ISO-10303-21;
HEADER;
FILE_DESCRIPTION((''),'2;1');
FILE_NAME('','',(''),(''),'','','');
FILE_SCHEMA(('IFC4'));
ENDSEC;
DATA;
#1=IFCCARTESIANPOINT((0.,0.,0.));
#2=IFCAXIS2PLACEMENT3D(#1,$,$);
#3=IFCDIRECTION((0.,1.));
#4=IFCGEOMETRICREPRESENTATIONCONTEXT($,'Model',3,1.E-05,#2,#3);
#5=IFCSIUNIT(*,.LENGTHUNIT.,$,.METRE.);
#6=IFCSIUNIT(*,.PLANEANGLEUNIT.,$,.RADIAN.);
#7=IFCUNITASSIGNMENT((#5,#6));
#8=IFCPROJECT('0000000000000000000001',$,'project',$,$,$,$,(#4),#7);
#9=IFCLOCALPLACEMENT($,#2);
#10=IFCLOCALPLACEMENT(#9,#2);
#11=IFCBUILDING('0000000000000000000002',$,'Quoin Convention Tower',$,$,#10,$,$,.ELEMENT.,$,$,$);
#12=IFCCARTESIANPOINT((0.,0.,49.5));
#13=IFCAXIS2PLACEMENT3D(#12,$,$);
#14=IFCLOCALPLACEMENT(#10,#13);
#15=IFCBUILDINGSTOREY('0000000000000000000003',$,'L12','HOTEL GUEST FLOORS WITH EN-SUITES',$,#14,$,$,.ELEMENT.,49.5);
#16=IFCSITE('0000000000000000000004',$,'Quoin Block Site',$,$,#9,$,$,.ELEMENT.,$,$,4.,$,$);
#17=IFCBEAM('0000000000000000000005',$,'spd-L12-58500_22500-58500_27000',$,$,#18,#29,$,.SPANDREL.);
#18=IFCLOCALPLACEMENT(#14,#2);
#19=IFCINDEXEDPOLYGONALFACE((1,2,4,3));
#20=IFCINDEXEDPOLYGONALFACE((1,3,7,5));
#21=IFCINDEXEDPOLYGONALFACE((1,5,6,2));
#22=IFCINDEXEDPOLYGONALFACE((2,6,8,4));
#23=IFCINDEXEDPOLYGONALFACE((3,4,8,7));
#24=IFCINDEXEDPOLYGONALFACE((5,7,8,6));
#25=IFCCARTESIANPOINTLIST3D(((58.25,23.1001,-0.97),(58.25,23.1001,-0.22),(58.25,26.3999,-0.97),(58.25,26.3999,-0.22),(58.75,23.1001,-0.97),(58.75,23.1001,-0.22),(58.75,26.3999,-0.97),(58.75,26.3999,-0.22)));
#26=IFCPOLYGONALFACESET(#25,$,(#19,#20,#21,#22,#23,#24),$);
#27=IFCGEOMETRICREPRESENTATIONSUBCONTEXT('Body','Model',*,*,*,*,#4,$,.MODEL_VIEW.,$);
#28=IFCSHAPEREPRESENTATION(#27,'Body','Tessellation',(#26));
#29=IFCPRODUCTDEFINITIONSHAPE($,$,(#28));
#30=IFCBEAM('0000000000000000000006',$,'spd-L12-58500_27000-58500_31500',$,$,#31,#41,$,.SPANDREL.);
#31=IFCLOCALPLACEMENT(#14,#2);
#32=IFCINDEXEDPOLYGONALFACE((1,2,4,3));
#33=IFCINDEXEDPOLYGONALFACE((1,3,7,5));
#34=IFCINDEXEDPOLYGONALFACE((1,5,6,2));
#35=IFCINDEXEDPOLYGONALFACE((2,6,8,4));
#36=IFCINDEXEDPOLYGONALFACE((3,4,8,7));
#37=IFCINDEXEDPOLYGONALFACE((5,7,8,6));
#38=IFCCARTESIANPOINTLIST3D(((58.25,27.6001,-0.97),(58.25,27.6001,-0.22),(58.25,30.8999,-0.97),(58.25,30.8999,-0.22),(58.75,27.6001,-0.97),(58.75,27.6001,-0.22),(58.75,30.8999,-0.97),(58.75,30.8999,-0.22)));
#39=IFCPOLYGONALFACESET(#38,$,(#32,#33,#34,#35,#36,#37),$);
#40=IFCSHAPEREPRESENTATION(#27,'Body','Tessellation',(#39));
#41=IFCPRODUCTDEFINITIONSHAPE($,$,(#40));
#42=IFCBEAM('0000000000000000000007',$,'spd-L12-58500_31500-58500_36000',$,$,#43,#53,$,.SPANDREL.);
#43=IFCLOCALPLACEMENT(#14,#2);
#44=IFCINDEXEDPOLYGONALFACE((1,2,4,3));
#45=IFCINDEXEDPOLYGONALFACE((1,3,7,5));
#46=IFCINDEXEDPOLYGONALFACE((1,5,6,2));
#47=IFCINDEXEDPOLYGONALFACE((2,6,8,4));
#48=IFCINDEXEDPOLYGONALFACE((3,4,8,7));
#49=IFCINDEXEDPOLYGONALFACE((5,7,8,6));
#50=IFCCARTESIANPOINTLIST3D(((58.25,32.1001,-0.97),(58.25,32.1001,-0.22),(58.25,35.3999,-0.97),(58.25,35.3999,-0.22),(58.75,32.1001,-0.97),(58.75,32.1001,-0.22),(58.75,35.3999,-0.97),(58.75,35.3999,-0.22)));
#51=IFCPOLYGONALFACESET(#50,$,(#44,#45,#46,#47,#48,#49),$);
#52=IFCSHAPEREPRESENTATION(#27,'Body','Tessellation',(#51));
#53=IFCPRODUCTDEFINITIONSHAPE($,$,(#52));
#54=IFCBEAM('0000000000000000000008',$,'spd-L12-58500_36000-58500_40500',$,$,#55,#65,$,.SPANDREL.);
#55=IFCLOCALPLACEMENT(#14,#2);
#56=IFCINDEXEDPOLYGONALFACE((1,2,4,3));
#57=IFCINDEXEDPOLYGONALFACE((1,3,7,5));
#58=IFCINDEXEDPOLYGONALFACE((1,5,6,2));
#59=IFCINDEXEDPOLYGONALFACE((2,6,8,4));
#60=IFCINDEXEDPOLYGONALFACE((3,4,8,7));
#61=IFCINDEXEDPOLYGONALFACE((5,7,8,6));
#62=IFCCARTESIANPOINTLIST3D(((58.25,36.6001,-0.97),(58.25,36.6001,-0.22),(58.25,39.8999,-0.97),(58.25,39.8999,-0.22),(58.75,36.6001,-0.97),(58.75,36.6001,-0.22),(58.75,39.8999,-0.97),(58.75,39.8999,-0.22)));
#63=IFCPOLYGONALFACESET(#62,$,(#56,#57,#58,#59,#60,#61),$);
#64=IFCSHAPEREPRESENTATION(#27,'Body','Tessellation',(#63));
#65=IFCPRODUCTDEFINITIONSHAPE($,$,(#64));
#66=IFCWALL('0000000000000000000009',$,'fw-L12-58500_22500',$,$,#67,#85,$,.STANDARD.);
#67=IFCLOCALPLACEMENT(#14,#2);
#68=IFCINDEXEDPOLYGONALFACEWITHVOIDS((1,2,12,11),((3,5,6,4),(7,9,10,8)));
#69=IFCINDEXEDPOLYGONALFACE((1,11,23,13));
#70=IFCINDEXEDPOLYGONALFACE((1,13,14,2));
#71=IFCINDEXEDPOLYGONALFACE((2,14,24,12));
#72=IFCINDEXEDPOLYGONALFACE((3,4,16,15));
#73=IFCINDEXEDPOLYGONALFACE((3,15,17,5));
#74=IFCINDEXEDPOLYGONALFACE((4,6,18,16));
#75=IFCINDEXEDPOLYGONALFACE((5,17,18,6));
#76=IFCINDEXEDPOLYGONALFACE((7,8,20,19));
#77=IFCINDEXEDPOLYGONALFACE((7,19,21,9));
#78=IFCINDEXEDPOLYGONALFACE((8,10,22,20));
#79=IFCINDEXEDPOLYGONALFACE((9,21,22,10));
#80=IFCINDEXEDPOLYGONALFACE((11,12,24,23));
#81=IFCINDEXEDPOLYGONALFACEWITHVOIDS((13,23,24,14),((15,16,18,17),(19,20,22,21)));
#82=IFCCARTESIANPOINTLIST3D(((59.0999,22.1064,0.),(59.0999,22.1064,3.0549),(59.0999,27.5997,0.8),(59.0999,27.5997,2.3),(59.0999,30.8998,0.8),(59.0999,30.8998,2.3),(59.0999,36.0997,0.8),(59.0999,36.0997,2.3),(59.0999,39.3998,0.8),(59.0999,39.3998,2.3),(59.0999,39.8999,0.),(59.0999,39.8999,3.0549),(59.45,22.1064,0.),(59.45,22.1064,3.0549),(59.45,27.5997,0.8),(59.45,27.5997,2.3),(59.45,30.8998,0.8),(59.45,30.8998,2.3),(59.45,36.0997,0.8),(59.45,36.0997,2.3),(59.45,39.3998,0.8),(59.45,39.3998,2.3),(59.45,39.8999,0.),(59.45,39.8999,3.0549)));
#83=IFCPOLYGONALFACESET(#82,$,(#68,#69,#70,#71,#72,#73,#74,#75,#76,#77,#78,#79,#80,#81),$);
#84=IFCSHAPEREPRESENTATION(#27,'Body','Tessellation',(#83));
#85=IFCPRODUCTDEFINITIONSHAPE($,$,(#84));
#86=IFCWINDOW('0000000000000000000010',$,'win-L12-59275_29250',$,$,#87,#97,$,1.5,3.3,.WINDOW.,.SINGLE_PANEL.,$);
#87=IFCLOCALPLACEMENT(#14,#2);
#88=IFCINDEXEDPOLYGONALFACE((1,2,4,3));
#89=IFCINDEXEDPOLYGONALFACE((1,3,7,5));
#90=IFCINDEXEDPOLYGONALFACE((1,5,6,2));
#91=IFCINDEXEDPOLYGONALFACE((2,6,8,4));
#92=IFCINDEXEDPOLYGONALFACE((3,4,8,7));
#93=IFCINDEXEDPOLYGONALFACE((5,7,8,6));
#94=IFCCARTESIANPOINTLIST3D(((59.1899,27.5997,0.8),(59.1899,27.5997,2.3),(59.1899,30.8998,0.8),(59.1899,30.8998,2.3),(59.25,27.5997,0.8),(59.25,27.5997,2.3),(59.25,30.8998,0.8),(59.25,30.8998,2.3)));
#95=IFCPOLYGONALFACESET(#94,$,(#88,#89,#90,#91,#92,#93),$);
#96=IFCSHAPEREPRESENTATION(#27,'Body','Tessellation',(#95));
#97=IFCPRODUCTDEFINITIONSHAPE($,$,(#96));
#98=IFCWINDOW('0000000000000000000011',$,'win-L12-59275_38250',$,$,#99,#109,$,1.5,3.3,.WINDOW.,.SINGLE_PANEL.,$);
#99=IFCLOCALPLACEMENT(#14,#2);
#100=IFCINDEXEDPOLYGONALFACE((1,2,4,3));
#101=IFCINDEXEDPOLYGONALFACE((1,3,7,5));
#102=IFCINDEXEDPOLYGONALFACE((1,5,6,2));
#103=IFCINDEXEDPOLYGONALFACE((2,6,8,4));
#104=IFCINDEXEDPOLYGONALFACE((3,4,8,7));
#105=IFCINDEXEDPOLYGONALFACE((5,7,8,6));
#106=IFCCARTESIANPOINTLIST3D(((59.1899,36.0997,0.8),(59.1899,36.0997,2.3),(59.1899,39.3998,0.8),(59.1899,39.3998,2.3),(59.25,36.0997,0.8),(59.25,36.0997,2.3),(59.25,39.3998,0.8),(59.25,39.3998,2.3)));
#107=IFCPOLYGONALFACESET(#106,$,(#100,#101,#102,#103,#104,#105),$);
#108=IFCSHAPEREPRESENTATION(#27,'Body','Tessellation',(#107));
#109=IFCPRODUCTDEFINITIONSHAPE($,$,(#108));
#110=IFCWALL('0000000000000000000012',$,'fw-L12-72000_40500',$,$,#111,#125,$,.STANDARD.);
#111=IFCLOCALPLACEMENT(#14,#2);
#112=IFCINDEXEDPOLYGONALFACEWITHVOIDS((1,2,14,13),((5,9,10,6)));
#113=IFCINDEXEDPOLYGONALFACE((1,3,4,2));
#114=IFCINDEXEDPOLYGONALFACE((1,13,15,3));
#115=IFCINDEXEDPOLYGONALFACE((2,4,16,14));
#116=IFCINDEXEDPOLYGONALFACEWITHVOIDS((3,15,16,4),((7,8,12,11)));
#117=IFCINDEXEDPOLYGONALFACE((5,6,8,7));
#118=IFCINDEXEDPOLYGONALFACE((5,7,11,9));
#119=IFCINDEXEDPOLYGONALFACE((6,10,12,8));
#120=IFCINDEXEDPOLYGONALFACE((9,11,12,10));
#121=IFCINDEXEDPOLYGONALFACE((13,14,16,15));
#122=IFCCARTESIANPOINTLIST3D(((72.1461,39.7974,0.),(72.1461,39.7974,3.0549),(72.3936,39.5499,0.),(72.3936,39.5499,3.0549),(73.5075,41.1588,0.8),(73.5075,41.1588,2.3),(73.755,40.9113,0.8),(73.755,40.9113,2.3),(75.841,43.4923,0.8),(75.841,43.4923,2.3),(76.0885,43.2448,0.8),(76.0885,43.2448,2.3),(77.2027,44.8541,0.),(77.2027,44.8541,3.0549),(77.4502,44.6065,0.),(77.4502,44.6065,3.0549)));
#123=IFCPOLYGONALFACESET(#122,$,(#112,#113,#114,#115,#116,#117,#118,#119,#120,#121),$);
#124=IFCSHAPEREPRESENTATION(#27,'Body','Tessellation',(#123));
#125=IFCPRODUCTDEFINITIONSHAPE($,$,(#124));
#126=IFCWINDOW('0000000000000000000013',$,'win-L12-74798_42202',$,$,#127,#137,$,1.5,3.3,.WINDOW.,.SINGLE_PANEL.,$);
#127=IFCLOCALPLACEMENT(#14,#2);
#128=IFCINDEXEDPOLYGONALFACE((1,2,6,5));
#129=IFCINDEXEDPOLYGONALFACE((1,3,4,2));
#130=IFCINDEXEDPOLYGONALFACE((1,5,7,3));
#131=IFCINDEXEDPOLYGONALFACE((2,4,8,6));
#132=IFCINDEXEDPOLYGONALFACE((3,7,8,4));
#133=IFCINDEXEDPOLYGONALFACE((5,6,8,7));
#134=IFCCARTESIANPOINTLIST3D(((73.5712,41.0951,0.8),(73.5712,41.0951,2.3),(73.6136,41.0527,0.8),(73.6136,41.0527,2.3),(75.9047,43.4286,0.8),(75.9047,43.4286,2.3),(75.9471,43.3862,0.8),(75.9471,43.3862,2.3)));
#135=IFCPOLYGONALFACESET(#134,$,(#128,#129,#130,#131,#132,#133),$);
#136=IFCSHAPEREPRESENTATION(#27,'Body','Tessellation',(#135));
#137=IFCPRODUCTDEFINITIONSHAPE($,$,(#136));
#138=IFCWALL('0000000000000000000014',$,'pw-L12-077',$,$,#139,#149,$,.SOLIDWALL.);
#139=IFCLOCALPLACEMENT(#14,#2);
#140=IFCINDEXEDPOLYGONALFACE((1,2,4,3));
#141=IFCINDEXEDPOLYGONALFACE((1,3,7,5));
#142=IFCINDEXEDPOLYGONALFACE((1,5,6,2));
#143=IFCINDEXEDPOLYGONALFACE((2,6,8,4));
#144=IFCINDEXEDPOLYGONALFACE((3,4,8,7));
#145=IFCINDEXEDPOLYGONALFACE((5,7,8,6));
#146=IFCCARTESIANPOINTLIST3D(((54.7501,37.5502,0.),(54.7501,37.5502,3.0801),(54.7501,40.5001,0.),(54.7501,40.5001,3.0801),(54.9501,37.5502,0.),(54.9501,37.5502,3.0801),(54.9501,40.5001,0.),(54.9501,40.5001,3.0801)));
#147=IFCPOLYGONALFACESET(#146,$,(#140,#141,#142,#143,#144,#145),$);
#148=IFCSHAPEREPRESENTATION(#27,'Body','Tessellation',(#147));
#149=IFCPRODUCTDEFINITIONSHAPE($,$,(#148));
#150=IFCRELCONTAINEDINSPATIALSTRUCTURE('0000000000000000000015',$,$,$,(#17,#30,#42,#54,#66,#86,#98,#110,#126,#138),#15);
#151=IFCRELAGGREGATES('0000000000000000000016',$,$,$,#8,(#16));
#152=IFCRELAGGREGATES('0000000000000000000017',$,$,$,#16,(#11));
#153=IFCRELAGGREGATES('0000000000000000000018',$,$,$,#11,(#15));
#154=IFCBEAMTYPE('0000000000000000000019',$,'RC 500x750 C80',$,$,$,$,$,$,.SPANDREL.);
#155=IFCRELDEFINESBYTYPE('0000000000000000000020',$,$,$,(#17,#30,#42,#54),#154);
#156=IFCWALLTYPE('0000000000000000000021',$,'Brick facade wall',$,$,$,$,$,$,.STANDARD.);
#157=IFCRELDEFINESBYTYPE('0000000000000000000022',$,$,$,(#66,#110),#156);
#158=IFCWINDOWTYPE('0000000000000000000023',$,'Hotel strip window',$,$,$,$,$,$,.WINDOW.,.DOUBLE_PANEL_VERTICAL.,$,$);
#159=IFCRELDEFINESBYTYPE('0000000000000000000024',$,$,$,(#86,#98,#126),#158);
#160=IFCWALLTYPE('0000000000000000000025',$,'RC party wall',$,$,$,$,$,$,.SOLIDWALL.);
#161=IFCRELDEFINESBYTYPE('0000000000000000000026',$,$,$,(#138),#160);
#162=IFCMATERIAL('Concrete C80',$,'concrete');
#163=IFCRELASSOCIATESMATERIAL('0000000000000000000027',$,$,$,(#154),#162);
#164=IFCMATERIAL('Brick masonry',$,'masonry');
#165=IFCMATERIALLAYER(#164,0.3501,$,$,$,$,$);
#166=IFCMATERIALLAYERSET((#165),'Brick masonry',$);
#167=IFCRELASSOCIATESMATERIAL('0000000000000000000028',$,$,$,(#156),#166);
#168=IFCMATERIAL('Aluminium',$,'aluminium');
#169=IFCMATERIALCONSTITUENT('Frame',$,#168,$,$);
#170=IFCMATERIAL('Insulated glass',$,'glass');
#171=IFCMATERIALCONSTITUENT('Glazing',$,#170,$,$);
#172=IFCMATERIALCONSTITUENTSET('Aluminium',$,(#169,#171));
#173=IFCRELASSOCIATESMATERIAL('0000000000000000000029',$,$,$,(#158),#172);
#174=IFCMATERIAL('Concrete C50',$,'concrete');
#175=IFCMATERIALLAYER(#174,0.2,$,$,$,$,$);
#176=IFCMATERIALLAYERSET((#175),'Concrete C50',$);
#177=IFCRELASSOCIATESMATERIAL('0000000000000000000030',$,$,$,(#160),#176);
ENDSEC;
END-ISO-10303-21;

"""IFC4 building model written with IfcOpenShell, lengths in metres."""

from ifc_helpers import new_model, si_unit, direction, frame, frame_2d, origin, origin_2d, place, context, subcontext, project, spatial, rectangle, extrude, material, layer, layer_set, constituent, constituent_set, material_profile, profile_set, type_object, element, fill, save


model = new_model("IFC4")

# Units and contexts
model_context = context("Model", 3, precision=1e-05, world=origin(), true_north=direction((0.0, 1.0)))
body_context = subcontext(model_context, "Body", "Model", "MODEL_VIEW")
ifc_project = project(units=[si_unit("LENGTHUNIT", "METRE"), si_unit("PLANEANGLEUNIT", "RADIAN")], contexts=[model_context])

# Site, building, storey
site_placement = place(None, origin())
site = spatial("IfcSite", under=ifc_project, at=site_placement, Name="Quoin Block Site", CompositionType="ELEMENT", RefElevation=4.0)
building_placement = place(site_placement, origin())
building = spatial("IfcBuilding", under=site, at=building_placement, Name="Quoin Convention Tower", CompositionType="ELEMENT")
storey_placement = place(building_placement, frame((0.0, 0.0, 49.5)))
storey = spatial("IfcBuildingStorey", under=building, at=storey_placement, Name="L12", Description="HOTEL GUEST FLOORS WITH EN-SUITES", CompositionType="ELEMENT", Elevation=49.5)

# Shared definitions
ifc_material_1 = material(Name="Concrete C80", Category="concrete")

# Beams
ifc_material_profile_1 = material_profile(ifc_material_1, rectangle(XDim=0.5, YDim=0.75, at=origin_2d()), Name="RC 500x750")
ifc_profile_set_1 = profile_set([ifc_material_profile_1], Name="Concrete C80")
beam_type_1 = type_object("IfcBeamType", Name="RC 500x750 C80", PredefinedType="SPANDREL", material=ifc_profile_set_1)
for number, where, z_axis, x_axis, name in (
    (1, (58.5, 23.1001, -0.595), (0.0, 1.0, 0.0), (-1.0, 0.0, 0.0), "spd-L12-58500_22500-58500_27000"),
    (2, (58.5, 27.6001, -0.595), (0.0, 1.0, 0.0), (-1.0, 0.0, 0.0), "spd-L12-58500_27000-58500_31500"),
    (3, (58.5, 32.1001, -0.595), (0.0, 1.0, 0.0), (-1.0, 0.0, 0.0), "spd-L12-58500_31500-58500_36000"),
    (4, (58.5, 36.6001, -0.595), (0.0, 1.0, 0.0), (-1.0, 0.0, 0.0), "spd-L12-58500_36000-58500_40500"),
):
    element("IfcBeam", number, at=place(storey_placement, frame(where, z_axis=z_axis, x_axis=x_axis)), inside=storey, type_object=beam_type_1, Name=name, PredefinedType="SPANDREL", context=body_context, shape_type="SweptSolid", body=[
        extrude(rectangle(XDim=0.5, YDim=0.75, at=origin_2d()), origin(), (0.0, 0.0, 1.0), 3.2998),
    ])

# Wall, openings, windows
ifc_material_2 = material(Name="Brick masonry", Category="masonry")
ifc_layer_1 = layer(ifc_material_2, 0.3501)
ifc_layer_set_1 = layer_set([ifc_layer_1], Name="Brick masonry")
wall_type_1 = type_object("IfcWallType", Name="Brick facade wall", PredefinedType="STANDARD", material=ifc_layer_set_1)
wall_1_placement = place(storey_placement, frame((59.2749, 22.1064, 0.0), z_axis=(0.0, 0.0, 1.0), x_axis=(0.0, 1.0, 0.0)))
wall_1 = element("IfcWall", 5, at=wall_1_placement, inside=storey, type_object=wall_type_1, Name="fw-L12-58500_22500", PredefinedType="STANDARD", context=body_context, shape_type="SweptSolid", body=[
    extrude(rectangle(XDim=17.7935, YDim=0.3501, at=frame_2d((8.8967, 0.0))), origin(), (0.0, 0.0, 1.0), 3.0549),
])
opening_1_placement = place(wall_1_placement, frame((5.4934, 0.0, 0.8)))
opening_1 = element("IfcOpeningElement", 6, at=opening_1_placement, cuts=wall_1, PredefinedType="OPENING", context=body_context, shape_type="SweptSolid", body=[
    extrude(rectangle(XDim=3.3, YDim=1.5, at=frame_2d((1.6499, 0.75))), frame((0.0, 0.1851, 0.0), z_axis=(0.0, -1.0, 0.0), x_axis=(1.0, 0.0, 0.0)), (0.0, 0.0, 1.0), 0.3701),
])
opening_2_placement = place(wall_1_placement, frame((13.9934, 0.0, 0.8)))
opening_2 = element("IfcOpeningElement", 7, at=opening_2_placement, cuts=wall_1, PredefinedType="OPENING", context=body_context, shape_type="SweptSolid", body=[
    extrude(rectangle(XDim=3.3, YDim=1.5, at=frame_2d((1.6499, 0.75))), frame((0.0, 0.1851, 0.0), z_axis=(0.0, -1.0, 0.0), x_axis=(1.0, 0.0, 0.0)), (0.0, 0.0, 1.0), 0.3701),
])
ifc_material_3 = material(Name="Aluminium", Category="aluminium")
ifc_constituent_1 = constituent(ifc_material_3, Name="Frame")
ifc_material_4 = material(Name="Insulated glass", Category="glass")
ifc_constituent_2 = constituent(ifc_material_4, Name="Glazing")
ifc_constituent_set = constituent_set(constituents=[ifc_constituent_1, ifc_constituent_2], Name="Aluminium")
window_type = type_object("IfcWindowType", Name="Hotel strip window", PartitioningType="DOUBLE_PANEL_VERTICAL", PredefinedType="WINDOW", material=ifc_constituent_set)
window_1_placement = place(opening_1_placement, origin())
window_1 = element("IfcWindow", 8, at=window_1_placement, inside=storey, type_object=window_type, Name="win-L12-59275_29250", OverallHeight=1.5, OverallWidth=3.3, PartitioningType="SINGLE_PANEL", PredefinedType="WINDOW", context=body_context, shape_type="SweptSolid", body=[
    extrude(rectangle(XDim=3.3, YDim=1.5, at=frame_2d((1.6499, 0.75))), frame((0.0, 0.085, 0.0), z_axis=(0.0, -1.0, 0.0), x_axis=(1.0, 0.0, 0.0)), (0.0, 0.0, 1.0), 0.0601),
])
fill(opening_1, window_1)
window_2_placement = place(opening_2_placement, origin())
window_2 = element("IfcWindow", 9, at=window_2_placement, inside=storey, type_object=window_type, Name="win-L12-59275_38250", OverallHeight=1.5, OverallWidth=3.3, PartitioningType="SINGLE_PANEL", PredefinedType="WINDOW", context=body_context, shape_type="SweptSolid", body=[
    extrude(rectangle(XDim=3.3, YDim=1.5, at=frame_2d((1.6499, 0.75))), frame((0.0, 0.085, 0.0), z_axis=(0.0, -1.0, 0.0), x_axis=(1.0, 0.0, 0.0)), (0.0, 0.0, 1.0), 0.0601),
])
fill(opening_2, window_2)

# Wall, opening, window
wall_2_placement = place(storey_placement, frame((72.2698, 39.6736, 0.0), z_axis=(0.0, 0.0, 1.0), x_axis=(0.707107, 0.707107, 0.0)))
wall_2 = element("IfcWall", 10, at=wall_2_placement, inside=storey, type_object=wall_type_1, Name="fw-L12-72000_40500", PredefinedType="STANDARD", context=body_context, shape_type="SweptSolid", body=[
    extrude(rectangle(XDim=7.1511, YDim=0.3501, at=frame_2d((3.5757, 0.0))), origin(), (0.0, 0.0, 1.0), 3.0549),
])
opening_3_placement = place(wall_2_placement, frame((1.9255, 0.0, 0.8)))
opening_3 = element("IfcOpeningElement", 11, at=opening_3_placement, cuts=wall_2, PredefinedType="OPENING", context=body_context, shape_type="SweptSolid", body=[
    extrude(rectangle(XDim=3.3, YDim=1.5, at=frame_2d((1.6499, 0.75))), frame((0.0, 0.1851, 0.0), z_axis=(0.0, -1.0, 0.0), x_axis=(1.0, 0.0, 0.0)), (0.0, 0.0, 1.0), 0.3701),
])
window_3_placement = place(opening_3_placement, origin())
window_3 = element("IfcWindow", 12, at=window_3_placement, inside=storey, type_object=window_type, Name="win-L12-74798_42202", OverallHeight=1.5, OverallWidth=3.3, PartitioningType="SINGLE_PANEL", PredefinedType="WINDOW", context=body_context, shape_type="SweptSolid", body=[
    extrude(rectangle(XDim=3.3, YDim=1.5, at=frame_2d((1.6499, 0.75))), frame((0.0, 0.085, 0.0), z_axis=(0.0, -1.0, 0.0), x_axis=(1.0, 0.0, 0.0)), (0.0, 0.0, 1.0), 0.0601),
])
fill(opening_3, window_3)

# Wall
ifc_material_5 = material(Name="Concrete C50", Category="concrete")
ifc_layer_2 = layer(ifc_material_5, 0.2)
ifc_layer_set_2 = layer_set([ifc_layer_2], Name="Concrete C50")
wall_type_2 = type_object("IfcWallType", Name="RC party wall", PredefinedType="SOLIDWALL", material=ifc_layer_set_2)
wall_3_placement = place(storey_placement, frame((54.8501, 37.55, 0.0), z_axis=(0.0, 0.0, 1.0), x_axis=(0.0, 1.0, 0.0)))
element("IfcWall", 13, at=wall_3_placement, inside=storey, type_object=wall_type_2, Name="pw-L12-077", PredefinedType="SOLIDWALL", context=body_context, shape_type="SweptSolid", body=[
    extrude(rectangle(XDim=2.95, YDim=0.2, at=frame_2d((1.4751, 0.0))), origin(), (0.0, 0.0, 1.0), 3.0801),
])

save(model, "model.ifc")
